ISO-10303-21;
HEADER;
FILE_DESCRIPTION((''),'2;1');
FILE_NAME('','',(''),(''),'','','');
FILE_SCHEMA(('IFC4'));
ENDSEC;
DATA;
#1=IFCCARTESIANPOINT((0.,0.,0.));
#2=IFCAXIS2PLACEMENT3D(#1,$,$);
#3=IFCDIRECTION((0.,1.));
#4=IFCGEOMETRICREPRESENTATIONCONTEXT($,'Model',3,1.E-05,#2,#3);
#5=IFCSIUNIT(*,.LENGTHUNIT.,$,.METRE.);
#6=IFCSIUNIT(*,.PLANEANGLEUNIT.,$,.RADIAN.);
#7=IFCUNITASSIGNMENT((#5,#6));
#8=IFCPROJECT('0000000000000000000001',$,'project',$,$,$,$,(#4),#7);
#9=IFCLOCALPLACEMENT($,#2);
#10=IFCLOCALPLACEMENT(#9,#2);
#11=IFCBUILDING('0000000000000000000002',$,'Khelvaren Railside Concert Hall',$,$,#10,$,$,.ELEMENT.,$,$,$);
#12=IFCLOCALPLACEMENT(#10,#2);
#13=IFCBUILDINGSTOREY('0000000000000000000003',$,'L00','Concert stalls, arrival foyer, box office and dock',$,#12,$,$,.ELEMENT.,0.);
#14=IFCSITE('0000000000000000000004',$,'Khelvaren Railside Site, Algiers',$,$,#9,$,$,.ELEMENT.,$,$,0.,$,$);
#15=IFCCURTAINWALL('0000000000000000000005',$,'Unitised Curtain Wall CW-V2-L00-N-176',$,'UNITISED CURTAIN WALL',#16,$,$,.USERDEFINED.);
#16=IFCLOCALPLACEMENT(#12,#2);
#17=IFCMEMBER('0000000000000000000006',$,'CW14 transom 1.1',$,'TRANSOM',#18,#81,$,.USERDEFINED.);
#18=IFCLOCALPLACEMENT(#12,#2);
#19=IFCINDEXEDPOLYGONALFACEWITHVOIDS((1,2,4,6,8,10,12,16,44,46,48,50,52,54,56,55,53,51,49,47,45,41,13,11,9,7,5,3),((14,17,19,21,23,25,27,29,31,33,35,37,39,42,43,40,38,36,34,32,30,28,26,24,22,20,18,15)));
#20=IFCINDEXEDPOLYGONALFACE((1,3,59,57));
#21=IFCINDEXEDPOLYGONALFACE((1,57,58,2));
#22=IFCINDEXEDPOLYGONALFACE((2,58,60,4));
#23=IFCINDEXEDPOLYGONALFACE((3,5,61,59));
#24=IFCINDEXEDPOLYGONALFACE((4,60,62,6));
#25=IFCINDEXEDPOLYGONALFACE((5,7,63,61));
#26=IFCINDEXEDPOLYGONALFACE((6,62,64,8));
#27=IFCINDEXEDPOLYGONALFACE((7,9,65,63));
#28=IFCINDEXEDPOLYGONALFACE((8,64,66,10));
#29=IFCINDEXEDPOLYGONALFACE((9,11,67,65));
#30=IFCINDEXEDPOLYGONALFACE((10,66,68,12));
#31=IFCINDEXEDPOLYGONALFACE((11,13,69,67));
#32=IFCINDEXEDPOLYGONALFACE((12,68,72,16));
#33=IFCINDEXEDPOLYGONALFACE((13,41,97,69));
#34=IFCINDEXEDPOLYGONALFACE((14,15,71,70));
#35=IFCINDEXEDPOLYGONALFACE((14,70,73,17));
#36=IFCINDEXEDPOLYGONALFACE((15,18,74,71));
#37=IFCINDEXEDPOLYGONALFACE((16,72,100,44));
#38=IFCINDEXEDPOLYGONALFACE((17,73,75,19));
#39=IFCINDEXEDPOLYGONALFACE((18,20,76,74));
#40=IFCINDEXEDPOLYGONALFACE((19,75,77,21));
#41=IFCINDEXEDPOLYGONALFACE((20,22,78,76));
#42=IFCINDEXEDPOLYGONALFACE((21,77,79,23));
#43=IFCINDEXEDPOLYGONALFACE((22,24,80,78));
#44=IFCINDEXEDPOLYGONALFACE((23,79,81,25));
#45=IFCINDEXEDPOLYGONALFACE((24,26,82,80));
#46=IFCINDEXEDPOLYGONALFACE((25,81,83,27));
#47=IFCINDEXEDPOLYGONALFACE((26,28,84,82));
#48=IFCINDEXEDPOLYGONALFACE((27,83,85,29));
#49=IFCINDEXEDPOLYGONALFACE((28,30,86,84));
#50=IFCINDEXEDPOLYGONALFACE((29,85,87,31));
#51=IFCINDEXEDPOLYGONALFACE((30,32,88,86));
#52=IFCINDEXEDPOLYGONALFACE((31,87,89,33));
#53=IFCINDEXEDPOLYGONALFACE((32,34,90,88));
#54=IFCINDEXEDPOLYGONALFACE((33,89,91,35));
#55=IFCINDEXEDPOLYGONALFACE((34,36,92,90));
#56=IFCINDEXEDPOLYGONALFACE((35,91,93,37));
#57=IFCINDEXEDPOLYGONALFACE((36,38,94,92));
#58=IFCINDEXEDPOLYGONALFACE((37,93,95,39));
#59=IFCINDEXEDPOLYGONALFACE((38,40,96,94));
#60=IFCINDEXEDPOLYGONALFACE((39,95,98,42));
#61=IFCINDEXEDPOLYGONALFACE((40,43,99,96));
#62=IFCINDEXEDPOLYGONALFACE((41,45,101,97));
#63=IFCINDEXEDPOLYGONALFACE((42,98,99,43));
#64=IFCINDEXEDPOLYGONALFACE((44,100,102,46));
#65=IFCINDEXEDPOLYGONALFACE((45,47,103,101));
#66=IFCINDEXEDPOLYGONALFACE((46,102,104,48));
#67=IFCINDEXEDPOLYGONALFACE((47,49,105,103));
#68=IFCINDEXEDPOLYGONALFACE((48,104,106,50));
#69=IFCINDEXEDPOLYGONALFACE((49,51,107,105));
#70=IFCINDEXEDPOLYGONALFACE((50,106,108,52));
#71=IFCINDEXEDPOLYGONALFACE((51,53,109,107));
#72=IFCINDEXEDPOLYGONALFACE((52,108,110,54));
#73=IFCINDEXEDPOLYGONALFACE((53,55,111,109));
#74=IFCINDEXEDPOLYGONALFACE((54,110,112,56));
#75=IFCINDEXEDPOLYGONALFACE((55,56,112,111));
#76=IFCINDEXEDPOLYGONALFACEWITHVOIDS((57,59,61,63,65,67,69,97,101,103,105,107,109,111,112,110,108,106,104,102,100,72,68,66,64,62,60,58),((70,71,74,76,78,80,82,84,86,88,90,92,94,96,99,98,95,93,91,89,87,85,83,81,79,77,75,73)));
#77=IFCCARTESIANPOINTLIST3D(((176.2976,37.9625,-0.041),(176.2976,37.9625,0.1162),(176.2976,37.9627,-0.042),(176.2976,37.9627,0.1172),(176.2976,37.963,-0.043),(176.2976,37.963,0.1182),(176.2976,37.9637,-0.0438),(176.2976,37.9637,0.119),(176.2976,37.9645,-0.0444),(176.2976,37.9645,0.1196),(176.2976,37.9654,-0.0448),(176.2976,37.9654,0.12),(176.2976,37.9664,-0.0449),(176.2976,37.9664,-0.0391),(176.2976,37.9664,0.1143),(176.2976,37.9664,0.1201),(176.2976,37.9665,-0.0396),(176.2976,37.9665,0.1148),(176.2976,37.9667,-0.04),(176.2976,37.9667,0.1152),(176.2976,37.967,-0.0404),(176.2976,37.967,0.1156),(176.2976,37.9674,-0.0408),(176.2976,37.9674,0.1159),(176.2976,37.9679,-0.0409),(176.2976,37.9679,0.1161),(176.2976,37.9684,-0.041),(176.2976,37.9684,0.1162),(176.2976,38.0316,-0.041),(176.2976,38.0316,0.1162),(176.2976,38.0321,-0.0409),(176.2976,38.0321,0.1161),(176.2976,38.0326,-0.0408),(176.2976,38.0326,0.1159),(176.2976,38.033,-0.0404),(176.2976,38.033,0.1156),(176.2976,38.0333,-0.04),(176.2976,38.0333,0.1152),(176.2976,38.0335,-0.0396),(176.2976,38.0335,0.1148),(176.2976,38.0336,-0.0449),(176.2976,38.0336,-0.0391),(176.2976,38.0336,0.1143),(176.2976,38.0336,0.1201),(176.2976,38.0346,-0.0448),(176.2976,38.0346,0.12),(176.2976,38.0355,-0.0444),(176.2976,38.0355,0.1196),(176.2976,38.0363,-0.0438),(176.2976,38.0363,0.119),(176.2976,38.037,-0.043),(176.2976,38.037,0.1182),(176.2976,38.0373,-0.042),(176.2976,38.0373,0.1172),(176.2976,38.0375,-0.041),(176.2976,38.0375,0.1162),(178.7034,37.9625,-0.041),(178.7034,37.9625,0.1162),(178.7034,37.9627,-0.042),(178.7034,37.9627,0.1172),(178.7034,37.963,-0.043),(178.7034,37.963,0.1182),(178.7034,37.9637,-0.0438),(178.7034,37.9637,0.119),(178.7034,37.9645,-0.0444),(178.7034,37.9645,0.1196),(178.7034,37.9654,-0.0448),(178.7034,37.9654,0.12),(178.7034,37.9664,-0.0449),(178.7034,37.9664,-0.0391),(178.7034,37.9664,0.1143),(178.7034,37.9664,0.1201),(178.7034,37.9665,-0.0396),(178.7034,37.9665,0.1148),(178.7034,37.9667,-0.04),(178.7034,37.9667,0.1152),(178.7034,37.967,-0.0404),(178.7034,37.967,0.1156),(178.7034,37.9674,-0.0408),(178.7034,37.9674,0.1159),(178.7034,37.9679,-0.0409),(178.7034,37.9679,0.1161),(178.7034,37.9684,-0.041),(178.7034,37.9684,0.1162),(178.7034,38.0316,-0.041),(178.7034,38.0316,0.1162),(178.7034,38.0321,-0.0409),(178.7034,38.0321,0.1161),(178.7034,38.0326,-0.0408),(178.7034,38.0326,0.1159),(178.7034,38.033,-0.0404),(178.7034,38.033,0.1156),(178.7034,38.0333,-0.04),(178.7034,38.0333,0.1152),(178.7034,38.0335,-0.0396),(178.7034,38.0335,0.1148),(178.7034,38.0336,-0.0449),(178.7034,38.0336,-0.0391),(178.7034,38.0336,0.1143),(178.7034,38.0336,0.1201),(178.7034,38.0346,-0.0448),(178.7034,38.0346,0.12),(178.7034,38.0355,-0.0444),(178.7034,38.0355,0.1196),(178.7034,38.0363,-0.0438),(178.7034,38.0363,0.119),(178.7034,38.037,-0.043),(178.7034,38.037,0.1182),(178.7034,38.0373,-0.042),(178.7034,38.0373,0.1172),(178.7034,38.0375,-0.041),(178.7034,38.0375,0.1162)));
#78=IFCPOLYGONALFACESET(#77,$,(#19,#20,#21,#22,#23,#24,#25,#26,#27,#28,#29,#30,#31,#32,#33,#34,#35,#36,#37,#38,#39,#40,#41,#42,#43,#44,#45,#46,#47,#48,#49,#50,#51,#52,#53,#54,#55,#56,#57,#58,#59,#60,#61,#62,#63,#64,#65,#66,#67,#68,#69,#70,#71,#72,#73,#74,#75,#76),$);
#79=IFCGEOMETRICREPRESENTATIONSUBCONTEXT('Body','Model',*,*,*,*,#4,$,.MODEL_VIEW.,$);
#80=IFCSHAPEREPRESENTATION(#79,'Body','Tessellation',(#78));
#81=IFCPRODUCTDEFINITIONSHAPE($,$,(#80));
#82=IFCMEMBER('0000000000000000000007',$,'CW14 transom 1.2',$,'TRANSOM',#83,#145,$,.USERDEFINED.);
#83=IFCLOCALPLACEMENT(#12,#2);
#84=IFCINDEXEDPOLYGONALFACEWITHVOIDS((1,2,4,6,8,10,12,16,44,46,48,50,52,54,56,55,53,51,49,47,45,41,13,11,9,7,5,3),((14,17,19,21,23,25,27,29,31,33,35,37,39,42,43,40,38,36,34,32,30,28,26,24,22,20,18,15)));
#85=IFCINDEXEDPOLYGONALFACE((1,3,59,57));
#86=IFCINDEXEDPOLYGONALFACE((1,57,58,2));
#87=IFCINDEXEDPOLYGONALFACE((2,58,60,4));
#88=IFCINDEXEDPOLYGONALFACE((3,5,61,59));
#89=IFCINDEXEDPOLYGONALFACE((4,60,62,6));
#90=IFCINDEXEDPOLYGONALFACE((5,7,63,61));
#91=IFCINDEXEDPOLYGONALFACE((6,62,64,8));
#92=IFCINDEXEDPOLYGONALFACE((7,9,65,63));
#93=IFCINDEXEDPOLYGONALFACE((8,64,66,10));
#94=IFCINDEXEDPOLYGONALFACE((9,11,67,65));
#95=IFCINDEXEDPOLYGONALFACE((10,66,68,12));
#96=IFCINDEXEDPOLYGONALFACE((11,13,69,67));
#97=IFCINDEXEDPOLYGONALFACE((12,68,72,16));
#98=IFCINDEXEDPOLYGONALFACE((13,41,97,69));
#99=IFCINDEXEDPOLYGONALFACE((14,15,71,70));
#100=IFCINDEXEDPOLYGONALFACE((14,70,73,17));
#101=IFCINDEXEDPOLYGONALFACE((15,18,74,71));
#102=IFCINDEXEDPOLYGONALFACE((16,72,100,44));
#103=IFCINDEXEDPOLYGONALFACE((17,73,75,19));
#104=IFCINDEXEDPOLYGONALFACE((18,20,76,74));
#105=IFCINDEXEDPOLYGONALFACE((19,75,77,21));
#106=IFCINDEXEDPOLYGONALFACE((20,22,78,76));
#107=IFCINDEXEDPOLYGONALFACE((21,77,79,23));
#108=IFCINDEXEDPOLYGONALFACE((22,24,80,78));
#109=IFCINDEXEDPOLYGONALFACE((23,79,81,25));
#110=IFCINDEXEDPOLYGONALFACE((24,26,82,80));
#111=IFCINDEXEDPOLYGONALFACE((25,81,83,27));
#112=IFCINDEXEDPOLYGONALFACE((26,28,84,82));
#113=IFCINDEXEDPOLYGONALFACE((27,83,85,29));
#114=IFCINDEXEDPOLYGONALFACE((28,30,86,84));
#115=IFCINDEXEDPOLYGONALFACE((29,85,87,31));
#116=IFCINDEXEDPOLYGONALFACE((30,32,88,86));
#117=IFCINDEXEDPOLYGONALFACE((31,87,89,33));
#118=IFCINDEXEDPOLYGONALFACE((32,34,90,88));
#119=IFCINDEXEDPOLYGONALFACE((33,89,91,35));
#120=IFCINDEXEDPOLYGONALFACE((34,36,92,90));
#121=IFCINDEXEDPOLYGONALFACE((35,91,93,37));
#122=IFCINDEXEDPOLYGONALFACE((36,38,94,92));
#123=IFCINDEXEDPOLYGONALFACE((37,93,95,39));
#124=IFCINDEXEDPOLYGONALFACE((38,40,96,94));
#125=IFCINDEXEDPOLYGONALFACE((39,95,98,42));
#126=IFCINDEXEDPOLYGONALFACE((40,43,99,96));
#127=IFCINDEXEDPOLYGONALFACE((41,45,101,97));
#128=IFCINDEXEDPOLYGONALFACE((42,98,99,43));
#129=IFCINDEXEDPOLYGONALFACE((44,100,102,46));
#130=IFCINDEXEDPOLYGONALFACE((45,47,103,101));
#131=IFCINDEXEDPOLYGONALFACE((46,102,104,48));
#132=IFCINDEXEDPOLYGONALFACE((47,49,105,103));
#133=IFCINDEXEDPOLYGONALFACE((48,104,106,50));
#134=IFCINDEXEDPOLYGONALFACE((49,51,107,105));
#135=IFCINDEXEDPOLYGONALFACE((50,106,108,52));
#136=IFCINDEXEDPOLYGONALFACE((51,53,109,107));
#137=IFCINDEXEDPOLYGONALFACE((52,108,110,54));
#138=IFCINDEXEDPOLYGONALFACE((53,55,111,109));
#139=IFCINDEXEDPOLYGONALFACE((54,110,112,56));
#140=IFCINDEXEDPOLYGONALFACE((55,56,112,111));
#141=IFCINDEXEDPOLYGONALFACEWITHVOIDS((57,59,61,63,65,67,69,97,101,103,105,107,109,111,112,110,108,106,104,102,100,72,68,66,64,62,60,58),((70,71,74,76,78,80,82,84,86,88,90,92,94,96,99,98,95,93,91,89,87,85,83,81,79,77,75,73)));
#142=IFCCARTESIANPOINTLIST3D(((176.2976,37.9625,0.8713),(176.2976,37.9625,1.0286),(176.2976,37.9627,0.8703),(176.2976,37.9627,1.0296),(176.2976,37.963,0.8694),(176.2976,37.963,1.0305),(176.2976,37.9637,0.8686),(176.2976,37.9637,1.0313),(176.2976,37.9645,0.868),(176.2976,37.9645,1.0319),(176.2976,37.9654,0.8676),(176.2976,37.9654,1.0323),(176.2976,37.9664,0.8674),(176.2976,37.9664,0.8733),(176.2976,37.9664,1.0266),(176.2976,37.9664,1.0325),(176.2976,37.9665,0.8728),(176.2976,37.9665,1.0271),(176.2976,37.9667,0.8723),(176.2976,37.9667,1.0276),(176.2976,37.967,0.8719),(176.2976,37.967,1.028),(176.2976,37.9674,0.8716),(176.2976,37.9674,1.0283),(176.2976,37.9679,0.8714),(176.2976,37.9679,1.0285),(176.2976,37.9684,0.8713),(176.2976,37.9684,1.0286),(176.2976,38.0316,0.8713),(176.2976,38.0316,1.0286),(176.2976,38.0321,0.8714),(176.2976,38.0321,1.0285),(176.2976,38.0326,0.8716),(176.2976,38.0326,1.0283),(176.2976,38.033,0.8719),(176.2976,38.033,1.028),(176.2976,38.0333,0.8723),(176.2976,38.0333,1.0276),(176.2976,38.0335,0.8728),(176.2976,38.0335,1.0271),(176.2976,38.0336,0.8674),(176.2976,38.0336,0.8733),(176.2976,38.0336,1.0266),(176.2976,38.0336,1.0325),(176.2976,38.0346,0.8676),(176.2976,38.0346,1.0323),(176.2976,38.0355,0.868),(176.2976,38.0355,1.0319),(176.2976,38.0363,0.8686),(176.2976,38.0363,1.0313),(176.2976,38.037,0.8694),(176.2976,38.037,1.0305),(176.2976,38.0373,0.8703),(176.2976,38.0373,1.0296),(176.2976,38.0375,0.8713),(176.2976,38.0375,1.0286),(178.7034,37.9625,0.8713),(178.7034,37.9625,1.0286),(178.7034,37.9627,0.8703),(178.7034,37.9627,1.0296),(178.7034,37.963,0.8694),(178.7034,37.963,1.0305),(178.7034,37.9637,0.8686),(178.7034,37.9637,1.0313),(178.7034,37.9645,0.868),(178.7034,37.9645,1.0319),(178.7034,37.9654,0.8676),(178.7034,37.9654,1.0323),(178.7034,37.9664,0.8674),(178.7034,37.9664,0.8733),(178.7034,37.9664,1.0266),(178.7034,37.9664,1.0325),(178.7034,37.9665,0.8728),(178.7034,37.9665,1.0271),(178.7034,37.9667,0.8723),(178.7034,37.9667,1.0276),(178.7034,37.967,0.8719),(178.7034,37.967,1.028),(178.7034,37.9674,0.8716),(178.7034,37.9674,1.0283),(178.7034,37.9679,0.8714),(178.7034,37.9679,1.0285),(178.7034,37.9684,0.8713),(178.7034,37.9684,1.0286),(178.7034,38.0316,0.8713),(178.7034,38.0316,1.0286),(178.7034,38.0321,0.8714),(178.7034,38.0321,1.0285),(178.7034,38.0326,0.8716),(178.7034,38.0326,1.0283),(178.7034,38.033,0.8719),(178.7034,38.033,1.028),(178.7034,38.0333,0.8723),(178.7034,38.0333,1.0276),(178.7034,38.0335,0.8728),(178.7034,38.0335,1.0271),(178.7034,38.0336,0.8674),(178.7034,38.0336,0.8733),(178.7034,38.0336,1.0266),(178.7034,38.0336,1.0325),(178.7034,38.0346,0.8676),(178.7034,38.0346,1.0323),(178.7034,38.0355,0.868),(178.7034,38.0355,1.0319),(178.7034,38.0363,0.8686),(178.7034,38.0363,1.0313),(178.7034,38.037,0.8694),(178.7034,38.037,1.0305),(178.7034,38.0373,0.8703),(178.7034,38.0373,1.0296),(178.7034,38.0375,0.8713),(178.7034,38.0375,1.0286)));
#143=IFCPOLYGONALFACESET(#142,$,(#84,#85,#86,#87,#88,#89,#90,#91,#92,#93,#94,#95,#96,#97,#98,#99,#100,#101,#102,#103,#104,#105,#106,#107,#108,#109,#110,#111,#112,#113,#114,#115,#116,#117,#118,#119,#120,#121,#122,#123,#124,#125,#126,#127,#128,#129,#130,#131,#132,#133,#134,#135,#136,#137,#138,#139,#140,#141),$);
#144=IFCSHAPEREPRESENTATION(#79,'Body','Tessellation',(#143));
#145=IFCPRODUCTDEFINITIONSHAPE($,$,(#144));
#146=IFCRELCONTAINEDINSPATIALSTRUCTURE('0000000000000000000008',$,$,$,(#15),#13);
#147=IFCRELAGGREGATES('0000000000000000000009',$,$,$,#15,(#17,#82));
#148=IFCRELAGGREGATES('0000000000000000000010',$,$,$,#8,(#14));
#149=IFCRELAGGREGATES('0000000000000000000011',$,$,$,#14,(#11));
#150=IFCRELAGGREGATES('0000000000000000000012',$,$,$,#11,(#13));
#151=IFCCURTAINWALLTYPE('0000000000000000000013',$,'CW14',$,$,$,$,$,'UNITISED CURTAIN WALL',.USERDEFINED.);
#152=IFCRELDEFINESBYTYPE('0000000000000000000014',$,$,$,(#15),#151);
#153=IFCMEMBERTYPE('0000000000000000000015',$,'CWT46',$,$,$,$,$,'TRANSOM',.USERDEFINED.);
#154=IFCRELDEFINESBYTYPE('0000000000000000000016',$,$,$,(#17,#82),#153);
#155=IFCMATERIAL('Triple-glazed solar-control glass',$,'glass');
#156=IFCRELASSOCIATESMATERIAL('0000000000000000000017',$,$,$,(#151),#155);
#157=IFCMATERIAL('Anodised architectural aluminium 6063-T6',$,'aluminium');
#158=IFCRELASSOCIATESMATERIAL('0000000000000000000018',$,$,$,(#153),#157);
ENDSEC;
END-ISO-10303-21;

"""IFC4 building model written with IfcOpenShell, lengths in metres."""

from ifc_helpers import new_model, si_unit, direction, frame, origin, origin_2d, place, context, subcontext, project, spatial, hollow_rectangle, extrude, material, material_profile, profile_set, type_object, element, aggregate, save


model = new_model("IFC4")

# Units and contexts
model_context = context("Model", 3, precision=1e-05, world=origin(), true_north=direction((0.0, 1.0)))
body_context = subcontext(model_context, "Body", "Model", "MODEL_VIEW")
ifc_project = project(units=[si_unit("LENGTHUNIT", "METRE"), si_unit("PLANEANGLEUNIT", "RADIAN")], contexts=[model_context])

# Site, building, storey
site_placement = place(None, origin())
site = spatial("IfcSite", under=ifc_project, at=site_placement, Name="Khelvaren Railside Site, Algiers", CompositionType="ELEMENT", RefElevation=0.0)
building_placement = place(site_placement, origin())
building = spatial("IfcBuilding", under=site, at=building_placement, Name="Khelvaren Railside Concert Hall", CompositionType="ELEMENT")
storey_placement = place(building_placement, origin())
storey = spatial("IfcBuildingStorey", under=building, at=storey_placement, Name="L00", Description="Concert stalls, arrival foyer, box office and dock", CompositionType="ELEMENT", Elevation=0.0)

# Shared definitions
ifc_material_1 = material(Name="Triple-glazed solar-control glass", Category="glass")
ifc_material_2 = material(Name="Anodised architectural aluminium 6063-T6", Category="aluminium")

# Curtain wall
curtain_wall_type_1 = type_object("IfcCurtainWallType", Name="CW14", ElementType="UNITISED CURTAIN WALL", PredefinedType="USERDEFINED", material=ifc_material_1)
curtain_wall_1_placement = place(storey_placement, origin())
curtain_wall_1 = element("IfcCurtainWall", 1, at=curtain_wall_1_placement, inside=storey, type_object=curtain_wall_type_1, Name="Unitised Curtain Wall CW-V2-L00-N-176", ObjectType="UNITISED CURTAIN WALL", PredefinedType="USERDEFINED")

# Members
ifc_material_profile_1 = material_profile(ifc_material_2, hollow_rectangle(XDim=0.075, YDim=0.165, WallThickness=0.0039, InnerFilletRadius=0.002, OuterFilletRadius=0.0039, at=origin_2d()), Name="CWT 75x165x4")
ifc_profile_set_1 = profile_set([ifc_material_profile_1], Name="Anodised architectural aluminium 6063-T6")
member_type_1 = type_object("IfcMemberType", Name="CWT46", ElementType="TRANSOM", PredefinedType="USERDEFINED", material=ifc_profile_set_1)
member_1_placement = place(storey_placement, frame((176.2976, 38.0, 0.0376), z_axis=(1.0, 0.0, 0.0), x_axis=(0.0, 1.0, 0.0)))
member_1 = element("IfcMember", 2, at=member_1_placement, type_object=member_type_1, Name="CW14 transom 1.1", ObjectType="TRANSOM", PredefinedType="USERDEFINED", context=body_context, shape_type="SweptSolid", body=[
    extrude(hollow_rectangle(XDim=0.075, YDim=0.165, WallThickness=0.0039, InnerFilletRadius=0.002, OuterFilletRadius=0.0039, at=origin_2d()), origin(), (0.0, 0.0, 1.0), 2.4058),
])
member_2_placement = place(storey_placement, frame((176.2976, 38.0, 0.95), z_axis=(1.0, 0.0, 0.0), x_axis=(0.0, 1.0, 0.0)))
member_2 = element("IfcMember", 3, at=member_2_placement, type_object=member_type_1, Name="CW14 transom 1.2", ObjectType="TRANSOM", PredefinedType="USERDEFINED", context=body_context, shape_type="SweptSolid", body=[
    extrude(hollow_rectangle(XDim=0.075, YDim=0.165, WallThickness=0.0039, InnerFilletRadius=0.002, OuterFilletRadius=0.0039, at=origin_2d()), origin(), (0.0, 0.0, 1.0), 2.4058),
])
aggregate(curtain_wall_1, [member_1, member_2])

save(model, "model.ifc")
